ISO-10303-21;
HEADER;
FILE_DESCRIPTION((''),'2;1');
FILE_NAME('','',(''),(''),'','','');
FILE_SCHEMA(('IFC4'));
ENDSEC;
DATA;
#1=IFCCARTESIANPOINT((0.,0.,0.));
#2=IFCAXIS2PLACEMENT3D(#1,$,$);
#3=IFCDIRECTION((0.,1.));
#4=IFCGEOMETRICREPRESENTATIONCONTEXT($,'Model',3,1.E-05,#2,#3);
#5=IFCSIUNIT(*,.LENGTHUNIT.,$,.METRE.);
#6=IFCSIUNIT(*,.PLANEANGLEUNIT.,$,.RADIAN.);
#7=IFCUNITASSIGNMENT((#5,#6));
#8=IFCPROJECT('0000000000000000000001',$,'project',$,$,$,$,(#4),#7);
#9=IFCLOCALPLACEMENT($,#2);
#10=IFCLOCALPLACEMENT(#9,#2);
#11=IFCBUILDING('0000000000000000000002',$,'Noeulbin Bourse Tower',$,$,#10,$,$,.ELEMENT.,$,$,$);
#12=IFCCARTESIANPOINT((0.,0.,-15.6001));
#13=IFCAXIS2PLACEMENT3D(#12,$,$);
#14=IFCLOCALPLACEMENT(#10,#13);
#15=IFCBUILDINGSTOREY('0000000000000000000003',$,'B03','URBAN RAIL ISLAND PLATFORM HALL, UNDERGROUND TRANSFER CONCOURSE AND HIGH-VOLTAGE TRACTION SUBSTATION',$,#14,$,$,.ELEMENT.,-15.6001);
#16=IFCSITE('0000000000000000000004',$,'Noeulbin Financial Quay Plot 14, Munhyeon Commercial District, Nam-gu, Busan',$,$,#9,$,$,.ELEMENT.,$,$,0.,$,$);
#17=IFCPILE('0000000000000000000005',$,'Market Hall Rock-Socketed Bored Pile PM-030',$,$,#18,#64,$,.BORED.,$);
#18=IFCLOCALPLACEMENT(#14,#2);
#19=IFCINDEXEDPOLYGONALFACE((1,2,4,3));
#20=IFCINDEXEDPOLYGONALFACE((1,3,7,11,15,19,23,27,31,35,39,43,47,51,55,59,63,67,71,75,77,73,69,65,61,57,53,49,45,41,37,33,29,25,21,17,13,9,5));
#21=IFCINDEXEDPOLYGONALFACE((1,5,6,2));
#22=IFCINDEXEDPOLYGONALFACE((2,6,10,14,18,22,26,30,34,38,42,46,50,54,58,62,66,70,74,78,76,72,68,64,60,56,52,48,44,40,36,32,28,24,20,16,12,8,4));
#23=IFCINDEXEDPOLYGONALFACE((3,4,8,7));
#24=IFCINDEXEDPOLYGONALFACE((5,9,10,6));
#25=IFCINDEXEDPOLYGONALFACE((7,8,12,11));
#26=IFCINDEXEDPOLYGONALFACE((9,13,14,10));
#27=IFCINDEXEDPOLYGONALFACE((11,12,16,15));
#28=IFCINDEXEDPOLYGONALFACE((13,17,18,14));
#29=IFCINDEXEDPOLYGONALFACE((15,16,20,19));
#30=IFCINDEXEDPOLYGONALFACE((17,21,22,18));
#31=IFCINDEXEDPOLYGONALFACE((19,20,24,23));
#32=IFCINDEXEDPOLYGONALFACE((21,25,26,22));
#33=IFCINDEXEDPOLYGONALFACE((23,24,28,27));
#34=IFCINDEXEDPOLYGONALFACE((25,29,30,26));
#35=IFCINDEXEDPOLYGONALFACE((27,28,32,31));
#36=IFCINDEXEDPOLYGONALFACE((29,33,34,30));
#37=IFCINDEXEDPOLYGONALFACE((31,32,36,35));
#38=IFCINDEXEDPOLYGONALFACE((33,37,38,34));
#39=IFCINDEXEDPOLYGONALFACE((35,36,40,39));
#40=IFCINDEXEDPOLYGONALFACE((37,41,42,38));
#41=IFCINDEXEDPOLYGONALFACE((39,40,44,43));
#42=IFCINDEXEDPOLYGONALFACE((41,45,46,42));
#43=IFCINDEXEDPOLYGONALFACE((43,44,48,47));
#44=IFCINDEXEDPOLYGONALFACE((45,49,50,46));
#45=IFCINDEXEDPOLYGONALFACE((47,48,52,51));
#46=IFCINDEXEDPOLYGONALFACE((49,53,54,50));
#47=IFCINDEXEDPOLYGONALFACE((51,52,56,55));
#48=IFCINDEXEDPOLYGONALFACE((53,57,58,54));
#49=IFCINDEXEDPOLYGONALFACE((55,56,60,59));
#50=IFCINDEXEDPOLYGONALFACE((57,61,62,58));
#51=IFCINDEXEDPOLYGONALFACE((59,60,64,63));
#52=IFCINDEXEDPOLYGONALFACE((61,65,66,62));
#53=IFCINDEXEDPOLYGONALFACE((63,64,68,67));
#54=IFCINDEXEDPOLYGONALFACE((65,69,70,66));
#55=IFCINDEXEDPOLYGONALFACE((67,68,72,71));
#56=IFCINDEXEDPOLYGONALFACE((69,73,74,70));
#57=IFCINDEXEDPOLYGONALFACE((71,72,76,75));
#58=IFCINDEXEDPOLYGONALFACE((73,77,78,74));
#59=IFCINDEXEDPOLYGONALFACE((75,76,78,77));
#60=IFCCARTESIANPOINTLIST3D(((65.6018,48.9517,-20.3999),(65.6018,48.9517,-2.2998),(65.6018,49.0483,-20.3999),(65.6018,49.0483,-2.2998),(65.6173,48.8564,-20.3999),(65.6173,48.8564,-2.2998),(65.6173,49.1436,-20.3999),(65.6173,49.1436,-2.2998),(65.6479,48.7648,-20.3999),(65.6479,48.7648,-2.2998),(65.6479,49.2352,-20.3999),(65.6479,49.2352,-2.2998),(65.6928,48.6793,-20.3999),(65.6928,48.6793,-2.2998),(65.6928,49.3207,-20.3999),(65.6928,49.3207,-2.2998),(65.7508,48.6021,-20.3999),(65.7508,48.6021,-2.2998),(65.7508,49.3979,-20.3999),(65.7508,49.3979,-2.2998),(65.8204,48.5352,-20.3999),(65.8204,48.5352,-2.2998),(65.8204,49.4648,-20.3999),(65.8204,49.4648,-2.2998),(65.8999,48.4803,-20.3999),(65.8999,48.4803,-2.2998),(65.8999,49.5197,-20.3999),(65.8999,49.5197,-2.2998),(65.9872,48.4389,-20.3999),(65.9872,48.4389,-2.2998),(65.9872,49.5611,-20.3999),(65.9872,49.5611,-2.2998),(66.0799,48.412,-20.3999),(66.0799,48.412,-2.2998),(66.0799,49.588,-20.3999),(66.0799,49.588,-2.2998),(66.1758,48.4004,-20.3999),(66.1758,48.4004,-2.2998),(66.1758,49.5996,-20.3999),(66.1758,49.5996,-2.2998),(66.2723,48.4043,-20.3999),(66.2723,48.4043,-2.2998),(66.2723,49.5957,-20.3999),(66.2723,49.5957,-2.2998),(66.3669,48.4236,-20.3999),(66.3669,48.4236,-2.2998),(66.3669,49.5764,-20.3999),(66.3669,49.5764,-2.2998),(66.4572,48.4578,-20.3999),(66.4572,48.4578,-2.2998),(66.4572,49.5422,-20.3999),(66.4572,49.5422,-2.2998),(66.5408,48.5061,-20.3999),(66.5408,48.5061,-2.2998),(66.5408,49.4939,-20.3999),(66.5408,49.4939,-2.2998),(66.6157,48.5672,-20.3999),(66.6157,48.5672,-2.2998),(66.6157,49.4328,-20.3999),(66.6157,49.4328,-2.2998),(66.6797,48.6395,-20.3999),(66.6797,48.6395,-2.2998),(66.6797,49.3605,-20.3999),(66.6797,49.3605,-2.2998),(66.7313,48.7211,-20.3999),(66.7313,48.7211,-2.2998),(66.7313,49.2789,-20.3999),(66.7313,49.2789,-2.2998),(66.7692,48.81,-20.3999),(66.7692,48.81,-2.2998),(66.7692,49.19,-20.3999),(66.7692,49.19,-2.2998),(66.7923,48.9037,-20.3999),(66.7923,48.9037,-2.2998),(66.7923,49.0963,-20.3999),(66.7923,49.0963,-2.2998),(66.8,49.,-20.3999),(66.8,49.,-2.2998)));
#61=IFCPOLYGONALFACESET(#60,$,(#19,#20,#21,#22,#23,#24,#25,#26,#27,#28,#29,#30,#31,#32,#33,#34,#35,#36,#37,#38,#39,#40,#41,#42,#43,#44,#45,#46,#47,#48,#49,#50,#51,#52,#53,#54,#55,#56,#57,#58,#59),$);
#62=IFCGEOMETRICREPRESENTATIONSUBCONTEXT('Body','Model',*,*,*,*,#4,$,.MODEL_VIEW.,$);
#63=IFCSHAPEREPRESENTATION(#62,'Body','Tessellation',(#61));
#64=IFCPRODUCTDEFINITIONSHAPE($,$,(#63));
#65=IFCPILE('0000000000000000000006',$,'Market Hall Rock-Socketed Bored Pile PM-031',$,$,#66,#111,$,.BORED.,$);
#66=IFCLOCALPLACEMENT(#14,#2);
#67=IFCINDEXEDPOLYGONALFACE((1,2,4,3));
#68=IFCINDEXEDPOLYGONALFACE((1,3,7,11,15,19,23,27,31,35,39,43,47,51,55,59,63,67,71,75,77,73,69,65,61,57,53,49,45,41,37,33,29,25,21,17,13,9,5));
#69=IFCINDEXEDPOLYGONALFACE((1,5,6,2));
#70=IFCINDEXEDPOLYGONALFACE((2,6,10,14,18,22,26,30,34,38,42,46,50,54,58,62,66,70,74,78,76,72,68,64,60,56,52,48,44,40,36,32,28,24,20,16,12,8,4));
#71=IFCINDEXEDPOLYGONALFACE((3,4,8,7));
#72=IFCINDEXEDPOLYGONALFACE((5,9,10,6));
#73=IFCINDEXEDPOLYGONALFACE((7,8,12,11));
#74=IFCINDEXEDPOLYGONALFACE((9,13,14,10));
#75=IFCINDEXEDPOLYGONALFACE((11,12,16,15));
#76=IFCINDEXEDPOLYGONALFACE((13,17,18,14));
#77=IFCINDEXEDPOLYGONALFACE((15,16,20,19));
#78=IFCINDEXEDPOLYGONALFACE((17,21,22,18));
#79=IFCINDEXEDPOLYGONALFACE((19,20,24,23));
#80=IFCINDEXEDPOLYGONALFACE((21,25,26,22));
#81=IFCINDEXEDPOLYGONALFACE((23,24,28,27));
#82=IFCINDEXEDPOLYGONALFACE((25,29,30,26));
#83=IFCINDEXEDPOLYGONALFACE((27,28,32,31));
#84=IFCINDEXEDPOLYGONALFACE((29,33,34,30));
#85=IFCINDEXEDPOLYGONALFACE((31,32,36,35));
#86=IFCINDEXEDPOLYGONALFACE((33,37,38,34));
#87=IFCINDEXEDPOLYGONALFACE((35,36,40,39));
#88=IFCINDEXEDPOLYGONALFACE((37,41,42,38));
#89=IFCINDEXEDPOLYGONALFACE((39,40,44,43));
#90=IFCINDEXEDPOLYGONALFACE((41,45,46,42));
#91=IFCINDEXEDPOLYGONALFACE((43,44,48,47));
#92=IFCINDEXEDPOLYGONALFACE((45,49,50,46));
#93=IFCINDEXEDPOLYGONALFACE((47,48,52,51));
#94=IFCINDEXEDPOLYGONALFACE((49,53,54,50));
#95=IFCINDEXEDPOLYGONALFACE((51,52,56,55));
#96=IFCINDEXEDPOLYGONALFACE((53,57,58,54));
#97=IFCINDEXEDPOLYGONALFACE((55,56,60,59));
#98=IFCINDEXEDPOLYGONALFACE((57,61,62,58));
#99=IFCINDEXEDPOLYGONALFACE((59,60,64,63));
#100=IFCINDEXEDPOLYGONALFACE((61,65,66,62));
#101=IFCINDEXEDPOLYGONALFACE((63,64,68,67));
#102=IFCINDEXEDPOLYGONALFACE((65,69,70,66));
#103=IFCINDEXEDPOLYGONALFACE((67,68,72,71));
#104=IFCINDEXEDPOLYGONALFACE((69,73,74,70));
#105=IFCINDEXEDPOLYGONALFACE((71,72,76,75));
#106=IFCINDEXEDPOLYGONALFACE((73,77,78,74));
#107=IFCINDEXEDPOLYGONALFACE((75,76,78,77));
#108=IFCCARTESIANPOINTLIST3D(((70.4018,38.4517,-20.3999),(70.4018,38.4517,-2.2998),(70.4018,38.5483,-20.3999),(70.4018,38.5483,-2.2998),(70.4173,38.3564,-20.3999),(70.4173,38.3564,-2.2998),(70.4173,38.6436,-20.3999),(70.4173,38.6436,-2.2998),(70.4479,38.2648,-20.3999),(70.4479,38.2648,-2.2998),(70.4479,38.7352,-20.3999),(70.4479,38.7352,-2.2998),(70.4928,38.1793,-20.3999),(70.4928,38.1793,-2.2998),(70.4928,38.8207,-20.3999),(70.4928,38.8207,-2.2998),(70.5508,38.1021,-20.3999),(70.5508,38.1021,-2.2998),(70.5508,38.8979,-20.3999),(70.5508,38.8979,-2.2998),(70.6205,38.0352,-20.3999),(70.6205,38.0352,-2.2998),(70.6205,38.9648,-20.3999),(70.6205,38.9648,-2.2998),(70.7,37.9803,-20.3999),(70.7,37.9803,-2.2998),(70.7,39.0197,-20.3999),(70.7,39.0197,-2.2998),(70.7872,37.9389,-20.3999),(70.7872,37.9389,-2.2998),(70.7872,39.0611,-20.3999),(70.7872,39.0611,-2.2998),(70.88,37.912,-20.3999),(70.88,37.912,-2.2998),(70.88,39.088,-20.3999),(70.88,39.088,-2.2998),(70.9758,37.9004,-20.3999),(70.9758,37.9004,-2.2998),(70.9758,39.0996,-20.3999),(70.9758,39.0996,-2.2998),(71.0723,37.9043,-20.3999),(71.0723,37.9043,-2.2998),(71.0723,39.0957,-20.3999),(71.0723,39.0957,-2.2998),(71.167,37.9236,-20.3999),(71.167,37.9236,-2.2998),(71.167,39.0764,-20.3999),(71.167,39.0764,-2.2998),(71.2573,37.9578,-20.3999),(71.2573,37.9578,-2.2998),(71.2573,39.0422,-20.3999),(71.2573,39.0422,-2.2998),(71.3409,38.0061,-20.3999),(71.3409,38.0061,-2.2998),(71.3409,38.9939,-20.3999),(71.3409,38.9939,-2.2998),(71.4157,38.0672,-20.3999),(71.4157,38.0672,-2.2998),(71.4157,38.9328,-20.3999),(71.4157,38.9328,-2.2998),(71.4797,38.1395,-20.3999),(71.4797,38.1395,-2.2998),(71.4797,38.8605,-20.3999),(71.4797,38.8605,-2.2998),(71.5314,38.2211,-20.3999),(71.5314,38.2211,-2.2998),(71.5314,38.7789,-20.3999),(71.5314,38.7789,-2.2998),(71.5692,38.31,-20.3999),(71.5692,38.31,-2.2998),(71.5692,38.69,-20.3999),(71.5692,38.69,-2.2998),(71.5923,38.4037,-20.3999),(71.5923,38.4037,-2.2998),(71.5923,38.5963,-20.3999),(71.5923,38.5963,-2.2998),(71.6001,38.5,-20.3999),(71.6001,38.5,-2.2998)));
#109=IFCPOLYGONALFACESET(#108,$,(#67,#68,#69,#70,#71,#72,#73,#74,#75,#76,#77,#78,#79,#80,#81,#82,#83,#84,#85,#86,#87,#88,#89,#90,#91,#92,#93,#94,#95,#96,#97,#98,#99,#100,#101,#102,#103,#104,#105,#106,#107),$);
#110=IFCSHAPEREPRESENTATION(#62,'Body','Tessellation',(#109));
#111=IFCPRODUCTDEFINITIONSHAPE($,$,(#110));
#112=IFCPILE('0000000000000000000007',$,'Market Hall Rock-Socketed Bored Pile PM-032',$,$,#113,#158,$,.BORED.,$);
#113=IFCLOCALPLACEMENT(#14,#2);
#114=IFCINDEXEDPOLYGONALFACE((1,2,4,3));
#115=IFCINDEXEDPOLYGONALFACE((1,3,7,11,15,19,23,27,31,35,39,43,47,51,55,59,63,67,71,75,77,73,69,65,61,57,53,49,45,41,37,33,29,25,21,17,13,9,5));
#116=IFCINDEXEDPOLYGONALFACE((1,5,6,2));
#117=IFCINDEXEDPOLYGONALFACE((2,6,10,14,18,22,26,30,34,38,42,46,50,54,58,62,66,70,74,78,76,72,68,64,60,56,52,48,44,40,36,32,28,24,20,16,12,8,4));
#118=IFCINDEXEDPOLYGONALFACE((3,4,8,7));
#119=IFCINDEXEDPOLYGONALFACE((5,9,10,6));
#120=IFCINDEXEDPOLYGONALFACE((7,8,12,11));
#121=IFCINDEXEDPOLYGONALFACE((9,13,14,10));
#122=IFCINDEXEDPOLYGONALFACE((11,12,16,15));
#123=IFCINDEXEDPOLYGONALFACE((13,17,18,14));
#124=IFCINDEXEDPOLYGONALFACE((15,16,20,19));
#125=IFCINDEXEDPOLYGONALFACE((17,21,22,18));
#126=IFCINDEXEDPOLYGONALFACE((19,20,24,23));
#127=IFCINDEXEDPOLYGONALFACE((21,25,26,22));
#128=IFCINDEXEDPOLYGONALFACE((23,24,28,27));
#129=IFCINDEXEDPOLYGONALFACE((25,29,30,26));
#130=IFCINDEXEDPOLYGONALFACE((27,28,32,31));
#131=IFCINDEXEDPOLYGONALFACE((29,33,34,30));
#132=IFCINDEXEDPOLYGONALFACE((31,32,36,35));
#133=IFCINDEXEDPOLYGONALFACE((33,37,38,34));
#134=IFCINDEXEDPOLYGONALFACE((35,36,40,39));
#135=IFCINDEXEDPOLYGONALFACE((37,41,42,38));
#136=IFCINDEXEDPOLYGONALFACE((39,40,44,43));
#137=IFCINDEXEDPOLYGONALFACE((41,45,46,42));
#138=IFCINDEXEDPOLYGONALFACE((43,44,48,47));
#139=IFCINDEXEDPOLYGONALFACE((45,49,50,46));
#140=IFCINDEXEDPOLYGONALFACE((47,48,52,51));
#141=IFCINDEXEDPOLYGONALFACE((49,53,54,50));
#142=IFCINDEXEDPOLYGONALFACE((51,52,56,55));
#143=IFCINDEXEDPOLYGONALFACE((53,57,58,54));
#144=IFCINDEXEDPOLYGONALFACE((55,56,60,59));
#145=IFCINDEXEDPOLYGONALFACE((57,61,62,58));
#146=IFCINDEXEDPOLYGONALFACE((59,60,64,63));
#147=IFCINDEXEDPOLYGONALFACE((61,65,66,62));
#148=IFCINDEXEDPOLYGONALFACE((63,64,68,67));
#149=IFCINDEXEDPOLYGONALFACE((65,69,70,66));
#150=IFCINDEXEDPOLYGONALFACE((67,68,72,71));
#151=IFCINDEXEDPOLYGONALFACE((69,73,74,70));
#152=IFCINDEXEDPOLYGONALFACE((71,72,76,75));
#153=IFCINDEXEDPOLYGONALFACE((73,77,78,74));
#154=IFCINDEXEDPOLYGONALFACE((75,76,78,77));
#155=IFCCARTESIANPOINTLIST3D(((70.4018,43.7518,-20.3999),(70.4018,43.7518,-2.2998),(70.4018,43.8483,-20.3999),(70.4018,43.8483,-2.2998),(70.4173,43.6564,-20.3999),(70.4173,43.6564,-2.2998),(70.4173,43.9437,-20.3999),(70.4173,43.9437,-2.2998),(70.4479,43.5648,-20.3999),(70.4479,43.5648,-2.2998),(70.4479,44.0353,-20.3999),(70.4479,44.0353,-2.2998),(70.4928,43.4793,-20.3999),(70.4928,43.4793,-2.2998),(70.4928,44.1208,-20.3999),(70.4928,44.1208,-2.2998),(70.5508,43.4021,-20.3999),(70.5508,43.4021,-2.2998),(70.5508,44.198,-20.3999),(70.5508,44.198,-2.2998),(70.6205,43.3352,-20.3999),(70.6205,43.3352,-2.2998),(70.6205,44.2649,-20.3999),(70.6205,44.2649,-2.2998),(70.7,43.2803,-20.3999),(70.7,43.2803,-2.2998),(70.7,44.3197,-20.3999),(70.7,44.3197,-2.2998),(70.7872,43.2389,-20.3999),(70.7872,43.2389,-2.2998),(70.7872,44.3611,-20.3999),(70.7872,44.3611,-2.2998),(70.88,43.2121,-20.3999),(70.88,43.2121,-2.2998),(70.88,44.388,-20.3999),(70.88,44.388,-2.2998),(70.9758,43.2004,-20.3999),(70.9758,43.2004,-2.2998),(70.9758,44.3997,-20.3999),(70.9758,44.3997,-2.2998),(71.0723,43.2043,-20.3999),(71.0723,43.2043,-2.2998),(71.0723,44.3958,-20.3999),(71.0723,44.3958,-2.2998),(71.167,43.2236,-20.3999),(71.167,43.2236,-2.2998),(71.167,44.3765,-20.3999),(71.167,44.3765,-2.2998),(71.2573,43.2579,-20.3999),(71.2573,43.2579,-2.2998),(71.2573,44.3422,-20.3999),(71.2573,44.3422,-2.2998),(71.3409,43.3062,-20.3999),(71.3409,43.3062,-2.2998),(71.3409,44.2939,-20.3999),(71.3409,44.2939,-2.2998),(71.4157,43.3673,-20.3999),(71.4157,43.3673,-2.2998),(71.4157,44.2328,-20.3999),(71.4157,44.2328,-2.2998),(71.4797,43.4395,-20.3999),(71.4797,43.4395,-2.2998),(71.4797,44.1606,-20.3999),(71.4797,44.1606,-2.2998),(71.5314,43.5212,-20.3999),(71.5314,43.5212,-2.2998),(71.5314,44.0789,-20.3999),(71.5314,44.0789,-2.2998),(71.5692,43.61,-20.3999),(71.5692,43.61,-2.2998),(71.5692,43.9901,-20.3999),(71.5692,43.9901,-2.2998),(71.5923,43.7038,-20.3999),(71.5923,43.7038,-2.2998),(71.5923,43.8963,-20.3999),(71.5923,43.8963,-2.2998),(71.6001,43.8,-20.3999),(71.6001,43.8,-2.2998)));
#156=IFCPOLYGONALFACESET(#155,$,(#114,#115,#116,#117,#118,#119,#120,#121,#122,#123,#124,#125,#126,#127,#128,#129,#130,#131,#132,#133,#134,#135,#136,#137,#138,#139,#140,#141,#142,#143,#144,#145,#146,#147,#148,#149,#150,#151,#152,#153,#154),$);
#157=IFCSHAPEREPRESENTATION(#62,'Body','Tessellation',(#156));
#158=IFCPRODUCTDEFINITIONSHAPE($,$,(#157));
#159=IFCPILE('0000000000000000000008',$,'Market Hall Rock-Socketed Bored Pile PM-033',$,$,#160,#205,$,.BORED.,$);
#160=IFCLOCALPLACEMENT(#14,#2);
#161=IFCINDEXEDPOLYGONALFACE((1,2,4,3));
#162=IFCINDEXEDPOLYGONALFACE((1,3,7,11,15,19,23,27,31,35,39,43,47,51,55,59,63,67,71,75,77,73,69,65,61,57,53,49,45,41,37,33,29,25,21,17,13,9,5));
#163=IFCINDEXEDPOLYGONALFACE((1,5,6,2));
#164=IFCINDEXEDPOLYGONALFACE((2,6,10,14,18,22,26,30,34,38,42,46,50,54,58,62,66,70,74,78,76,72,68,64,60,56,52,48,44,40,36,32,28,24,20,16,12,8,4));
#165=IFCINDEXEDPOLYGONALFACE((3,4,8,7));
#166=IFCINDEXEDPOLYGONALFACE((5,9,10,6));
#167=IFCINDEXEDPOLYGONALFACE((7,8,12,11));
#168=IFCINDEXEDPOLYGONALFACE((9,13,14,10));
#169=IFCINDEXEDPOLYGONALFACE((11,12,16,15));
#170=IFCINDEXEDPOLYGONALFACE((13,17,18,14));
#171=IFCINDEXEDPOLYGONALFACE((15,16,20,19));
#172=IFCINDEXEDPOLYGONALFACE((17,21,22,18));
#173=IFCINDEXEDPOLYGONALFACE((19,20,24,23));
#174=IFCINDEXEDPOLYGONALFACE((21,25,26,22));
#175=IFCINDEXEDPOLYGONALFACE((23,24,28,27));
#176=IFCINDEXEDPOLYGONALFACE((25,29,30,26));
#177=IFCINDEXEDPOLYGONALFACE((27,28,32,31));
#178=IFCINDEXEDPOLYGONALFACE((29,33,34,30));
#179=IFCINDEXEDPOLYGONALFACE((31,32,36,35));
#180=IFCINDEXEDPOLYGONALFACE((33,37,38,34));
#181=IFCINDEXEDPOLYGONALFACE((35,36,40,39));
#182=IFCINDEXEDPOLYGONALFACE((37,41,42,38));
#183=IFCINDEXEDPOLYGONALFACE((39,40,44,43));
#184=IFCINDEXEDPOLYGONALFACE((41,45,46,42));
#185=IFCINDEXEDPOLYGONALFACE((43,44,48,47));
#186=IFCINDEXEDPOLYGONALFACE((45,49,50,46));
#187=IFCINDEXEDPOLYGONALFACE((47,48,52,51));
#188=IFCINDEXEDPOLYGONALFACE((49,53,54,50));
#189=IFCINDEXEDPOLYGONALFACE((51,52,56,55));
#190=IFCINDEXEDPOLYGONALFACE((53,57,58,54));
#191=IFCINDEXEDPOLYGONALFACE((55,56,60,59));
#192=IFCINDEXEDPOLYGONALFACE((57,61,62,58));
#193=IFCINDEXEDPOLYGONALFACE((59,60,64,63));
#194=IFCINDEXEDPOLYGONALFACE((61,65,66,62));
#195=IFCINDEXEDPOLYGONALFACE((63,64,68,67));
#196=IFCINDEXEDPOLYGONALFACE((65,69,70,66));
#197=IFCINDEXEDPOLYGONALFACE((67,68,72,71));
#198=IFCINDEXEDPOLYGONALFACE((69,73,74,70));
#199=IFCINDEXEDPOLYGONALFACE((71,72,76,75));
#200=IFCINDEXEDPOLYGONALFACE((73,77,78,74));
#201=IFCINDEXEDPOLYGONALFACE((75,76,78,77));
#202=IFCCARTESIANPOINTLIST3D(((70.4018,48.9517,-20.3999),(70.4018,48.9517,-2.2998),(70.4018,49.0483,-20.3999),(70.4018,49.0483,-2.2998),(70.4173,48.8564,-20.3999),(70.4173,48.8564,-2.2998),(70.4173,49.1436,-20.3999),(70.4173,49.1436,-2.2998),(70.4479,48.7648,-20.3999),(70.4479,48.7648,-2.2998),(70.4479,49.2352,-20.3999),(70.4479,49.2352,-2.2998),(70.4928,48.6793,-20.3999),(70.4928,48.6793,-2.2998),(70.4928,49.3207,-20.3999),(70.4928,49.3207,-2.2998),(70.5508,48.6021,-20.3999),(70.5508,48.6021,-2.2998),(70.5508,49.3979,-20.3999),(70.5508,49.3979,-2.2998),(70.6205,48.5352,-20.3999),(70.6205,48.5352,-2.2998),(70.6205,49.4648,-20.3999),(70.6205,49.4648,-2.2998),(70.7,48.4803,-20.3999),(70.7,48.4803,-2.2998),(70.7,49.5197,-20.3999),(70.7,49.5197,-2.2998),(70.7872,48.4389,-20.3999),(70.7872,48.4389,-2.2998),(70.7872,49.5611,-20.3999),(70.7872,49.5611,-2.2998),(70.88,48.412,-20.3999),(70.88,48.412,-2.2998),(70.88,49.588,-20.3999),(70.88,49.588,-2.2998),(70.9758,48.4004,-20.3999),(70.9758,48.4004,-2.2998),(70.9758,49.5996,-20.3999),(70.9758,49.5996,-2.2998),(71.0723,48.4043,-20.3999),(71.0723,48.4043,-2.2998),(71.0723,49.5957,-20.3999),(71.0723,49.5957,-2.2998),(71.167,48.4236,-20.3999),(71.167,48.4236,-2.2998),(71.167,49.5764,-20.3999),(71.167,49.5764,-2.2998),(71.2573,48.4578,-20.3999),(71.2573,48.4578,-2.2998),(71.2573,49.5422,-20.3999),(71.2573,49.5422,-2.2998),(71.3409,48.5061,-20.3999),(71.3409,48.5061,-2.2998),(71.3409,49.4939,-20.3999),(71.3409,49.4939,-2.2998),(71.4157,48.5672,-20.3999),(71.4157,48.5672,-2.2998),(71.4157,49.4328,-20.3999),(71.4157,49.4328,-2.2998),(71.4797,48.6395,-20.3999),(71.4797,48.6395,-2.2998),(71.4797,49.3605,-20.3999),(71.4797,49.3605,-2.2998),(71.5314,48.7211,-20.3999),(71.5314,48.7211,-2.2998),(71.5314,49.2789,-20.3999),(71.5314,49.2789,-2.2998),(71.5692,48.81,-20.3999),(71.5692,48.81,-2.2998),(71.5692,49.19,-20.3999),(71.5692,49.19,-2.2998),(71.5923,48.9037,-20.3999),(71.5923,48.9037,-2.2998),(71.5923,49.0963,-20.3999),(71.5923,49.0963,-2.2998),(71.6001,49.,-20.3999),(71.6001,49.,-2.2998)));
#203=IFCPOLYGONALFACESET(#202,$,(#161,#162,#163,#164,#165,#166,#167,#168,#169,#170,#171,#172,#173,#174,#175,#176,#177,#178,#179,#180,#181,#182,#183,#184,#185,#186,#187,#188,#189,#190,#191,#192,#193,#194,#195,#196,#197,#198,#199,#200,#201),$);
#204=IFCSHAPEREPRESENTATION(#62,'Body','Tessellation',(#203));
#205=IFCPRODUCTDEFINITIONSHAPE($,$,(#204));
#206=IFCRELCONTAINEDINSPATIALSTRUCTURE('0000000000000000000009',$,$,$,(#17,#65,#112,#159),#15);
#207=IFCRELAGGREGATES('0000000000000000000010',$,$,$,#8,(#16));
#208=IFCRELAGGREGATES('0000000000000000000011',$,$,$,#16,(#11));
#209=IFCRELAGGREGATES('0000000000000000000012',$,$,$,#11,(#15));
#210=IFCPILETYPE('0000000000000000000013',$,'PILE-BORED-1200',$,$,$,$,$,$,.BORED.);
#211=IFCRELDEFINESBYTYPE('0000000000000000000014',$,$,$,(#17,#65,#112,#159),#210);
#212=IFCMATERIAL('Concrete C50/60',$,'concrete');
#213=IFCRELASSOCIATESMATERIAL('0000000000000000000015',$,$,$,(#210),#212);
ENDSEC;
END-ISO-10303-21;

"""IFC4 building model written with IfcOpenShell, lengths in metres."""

from ifc_helpers import new_model, si_unit, direction, frame, origin, origin_2d, place, context, subcontext, project, spatial, circle, extrude, material, material_profile, profile_set, type_object, element, save


model = new_model("IFC4")

# Units and contexts
model_context = context("Model", 3, precision=1e-05, world=origin(), true_north=direction((0.0, 1.0)))
body_context = subcontext(model_context, "Body", "Model", "MODEL_VIEW")
ifc_project = project(units=[si_unit("LENGTHUNIT", "METRE"), si_unit("PLANEANGLEUNIT", "RADIAN")], contexts=[model_context])

# Site, building, storey
site_placement = place(None, origin())
site = spatial("IfcSite", under=ifc_project, at=site_placement, Name="Noeulbin Financial Quay Plot 14, Munhyeon Commercial District, Nam-gu, Busan", CompositionType="ELEMENT", RefElevation=0.0)
building_placement = place(site_placement, origin())
building = spatial("IfcBuilding", under=site, at=building_placement, Name="Noeulbin Bourse Tower", CompositionType="ELEMENT")
storey_placement = place(building_placement, frame((0.0, 0.0, -15.6001)))
storey = spatial("IfcBuildingStorey", under=building, at=storey_placement, Name="B03", Description="URBAN RAIL ISLAND PLATFORM HALL, UNDERGROUND TRANSFER CONCOURSE AND HIGH-VOLTAGE TRACTION SUBSTATION", CompositionType="ELEMENT", Elevation=-15.6001)

# Shared definitions
ifc_material_1 = material(Name="Concrete C50/60", Category="concrete")

# Piles
ifc_material_profile_1 = material_profile(ifc_material_1, circle(Radius=0.6001, at=origin_2d()), Name="PILE-D1200", Category="LoadBearing")
ifc_profile_set_1 = profile_set([ifc_material_profile_1], Name="Concrete C50/60")
pile_type = type_object("IfcPileType", Name="PILE-BORED-1200", PredefinedType="BORED", material=ifc_profile_set_1)
for number, where, z_axis, x_axis, name in (
    (1, (66.2, 49.0, -2.2998), (0.0, 0.0, -1.0), (1.0, 0.0, 0.0), "Market Hall Rock-Socketed Bored Pile PM-030"),
    (2, (71.0, 38.5, -2.2998), (0.0, 0.0, -1.0), (1.0, 0.0, 0.0), "Market Hall Rock-Socketed Bored Pile PM-031"),
    (3, (71.0, 43.8, -2.2998), (0.0, 0.0, -1.0), (1.0, 0.0, 0.0), "Market Hall Rock-Socketed Bored Pile PM-032"),
    (4, (71.0, 49.0, -2.2998), (0.0, 0.0, -1.0), (1.0, 0.0, 0.0), "Market Hall Rock-Socketed Bored Pile PM-033"),
):
    element("IfcPile", number, at=place(storey_placement, frame(where, z_axis=z_axis, x_axis=x_axis)), inside=storey, type_object=pile_type, Name=name, PredefinedType="BORED", context=body_context, shape_type="SweptSolid", body=[
        extrude(circle(Radius=0.6001, at=origin_2d()), origin(), (0.0, 0.0, 1.0), 18.1001),
    ])

save(model, "model.ifc")
